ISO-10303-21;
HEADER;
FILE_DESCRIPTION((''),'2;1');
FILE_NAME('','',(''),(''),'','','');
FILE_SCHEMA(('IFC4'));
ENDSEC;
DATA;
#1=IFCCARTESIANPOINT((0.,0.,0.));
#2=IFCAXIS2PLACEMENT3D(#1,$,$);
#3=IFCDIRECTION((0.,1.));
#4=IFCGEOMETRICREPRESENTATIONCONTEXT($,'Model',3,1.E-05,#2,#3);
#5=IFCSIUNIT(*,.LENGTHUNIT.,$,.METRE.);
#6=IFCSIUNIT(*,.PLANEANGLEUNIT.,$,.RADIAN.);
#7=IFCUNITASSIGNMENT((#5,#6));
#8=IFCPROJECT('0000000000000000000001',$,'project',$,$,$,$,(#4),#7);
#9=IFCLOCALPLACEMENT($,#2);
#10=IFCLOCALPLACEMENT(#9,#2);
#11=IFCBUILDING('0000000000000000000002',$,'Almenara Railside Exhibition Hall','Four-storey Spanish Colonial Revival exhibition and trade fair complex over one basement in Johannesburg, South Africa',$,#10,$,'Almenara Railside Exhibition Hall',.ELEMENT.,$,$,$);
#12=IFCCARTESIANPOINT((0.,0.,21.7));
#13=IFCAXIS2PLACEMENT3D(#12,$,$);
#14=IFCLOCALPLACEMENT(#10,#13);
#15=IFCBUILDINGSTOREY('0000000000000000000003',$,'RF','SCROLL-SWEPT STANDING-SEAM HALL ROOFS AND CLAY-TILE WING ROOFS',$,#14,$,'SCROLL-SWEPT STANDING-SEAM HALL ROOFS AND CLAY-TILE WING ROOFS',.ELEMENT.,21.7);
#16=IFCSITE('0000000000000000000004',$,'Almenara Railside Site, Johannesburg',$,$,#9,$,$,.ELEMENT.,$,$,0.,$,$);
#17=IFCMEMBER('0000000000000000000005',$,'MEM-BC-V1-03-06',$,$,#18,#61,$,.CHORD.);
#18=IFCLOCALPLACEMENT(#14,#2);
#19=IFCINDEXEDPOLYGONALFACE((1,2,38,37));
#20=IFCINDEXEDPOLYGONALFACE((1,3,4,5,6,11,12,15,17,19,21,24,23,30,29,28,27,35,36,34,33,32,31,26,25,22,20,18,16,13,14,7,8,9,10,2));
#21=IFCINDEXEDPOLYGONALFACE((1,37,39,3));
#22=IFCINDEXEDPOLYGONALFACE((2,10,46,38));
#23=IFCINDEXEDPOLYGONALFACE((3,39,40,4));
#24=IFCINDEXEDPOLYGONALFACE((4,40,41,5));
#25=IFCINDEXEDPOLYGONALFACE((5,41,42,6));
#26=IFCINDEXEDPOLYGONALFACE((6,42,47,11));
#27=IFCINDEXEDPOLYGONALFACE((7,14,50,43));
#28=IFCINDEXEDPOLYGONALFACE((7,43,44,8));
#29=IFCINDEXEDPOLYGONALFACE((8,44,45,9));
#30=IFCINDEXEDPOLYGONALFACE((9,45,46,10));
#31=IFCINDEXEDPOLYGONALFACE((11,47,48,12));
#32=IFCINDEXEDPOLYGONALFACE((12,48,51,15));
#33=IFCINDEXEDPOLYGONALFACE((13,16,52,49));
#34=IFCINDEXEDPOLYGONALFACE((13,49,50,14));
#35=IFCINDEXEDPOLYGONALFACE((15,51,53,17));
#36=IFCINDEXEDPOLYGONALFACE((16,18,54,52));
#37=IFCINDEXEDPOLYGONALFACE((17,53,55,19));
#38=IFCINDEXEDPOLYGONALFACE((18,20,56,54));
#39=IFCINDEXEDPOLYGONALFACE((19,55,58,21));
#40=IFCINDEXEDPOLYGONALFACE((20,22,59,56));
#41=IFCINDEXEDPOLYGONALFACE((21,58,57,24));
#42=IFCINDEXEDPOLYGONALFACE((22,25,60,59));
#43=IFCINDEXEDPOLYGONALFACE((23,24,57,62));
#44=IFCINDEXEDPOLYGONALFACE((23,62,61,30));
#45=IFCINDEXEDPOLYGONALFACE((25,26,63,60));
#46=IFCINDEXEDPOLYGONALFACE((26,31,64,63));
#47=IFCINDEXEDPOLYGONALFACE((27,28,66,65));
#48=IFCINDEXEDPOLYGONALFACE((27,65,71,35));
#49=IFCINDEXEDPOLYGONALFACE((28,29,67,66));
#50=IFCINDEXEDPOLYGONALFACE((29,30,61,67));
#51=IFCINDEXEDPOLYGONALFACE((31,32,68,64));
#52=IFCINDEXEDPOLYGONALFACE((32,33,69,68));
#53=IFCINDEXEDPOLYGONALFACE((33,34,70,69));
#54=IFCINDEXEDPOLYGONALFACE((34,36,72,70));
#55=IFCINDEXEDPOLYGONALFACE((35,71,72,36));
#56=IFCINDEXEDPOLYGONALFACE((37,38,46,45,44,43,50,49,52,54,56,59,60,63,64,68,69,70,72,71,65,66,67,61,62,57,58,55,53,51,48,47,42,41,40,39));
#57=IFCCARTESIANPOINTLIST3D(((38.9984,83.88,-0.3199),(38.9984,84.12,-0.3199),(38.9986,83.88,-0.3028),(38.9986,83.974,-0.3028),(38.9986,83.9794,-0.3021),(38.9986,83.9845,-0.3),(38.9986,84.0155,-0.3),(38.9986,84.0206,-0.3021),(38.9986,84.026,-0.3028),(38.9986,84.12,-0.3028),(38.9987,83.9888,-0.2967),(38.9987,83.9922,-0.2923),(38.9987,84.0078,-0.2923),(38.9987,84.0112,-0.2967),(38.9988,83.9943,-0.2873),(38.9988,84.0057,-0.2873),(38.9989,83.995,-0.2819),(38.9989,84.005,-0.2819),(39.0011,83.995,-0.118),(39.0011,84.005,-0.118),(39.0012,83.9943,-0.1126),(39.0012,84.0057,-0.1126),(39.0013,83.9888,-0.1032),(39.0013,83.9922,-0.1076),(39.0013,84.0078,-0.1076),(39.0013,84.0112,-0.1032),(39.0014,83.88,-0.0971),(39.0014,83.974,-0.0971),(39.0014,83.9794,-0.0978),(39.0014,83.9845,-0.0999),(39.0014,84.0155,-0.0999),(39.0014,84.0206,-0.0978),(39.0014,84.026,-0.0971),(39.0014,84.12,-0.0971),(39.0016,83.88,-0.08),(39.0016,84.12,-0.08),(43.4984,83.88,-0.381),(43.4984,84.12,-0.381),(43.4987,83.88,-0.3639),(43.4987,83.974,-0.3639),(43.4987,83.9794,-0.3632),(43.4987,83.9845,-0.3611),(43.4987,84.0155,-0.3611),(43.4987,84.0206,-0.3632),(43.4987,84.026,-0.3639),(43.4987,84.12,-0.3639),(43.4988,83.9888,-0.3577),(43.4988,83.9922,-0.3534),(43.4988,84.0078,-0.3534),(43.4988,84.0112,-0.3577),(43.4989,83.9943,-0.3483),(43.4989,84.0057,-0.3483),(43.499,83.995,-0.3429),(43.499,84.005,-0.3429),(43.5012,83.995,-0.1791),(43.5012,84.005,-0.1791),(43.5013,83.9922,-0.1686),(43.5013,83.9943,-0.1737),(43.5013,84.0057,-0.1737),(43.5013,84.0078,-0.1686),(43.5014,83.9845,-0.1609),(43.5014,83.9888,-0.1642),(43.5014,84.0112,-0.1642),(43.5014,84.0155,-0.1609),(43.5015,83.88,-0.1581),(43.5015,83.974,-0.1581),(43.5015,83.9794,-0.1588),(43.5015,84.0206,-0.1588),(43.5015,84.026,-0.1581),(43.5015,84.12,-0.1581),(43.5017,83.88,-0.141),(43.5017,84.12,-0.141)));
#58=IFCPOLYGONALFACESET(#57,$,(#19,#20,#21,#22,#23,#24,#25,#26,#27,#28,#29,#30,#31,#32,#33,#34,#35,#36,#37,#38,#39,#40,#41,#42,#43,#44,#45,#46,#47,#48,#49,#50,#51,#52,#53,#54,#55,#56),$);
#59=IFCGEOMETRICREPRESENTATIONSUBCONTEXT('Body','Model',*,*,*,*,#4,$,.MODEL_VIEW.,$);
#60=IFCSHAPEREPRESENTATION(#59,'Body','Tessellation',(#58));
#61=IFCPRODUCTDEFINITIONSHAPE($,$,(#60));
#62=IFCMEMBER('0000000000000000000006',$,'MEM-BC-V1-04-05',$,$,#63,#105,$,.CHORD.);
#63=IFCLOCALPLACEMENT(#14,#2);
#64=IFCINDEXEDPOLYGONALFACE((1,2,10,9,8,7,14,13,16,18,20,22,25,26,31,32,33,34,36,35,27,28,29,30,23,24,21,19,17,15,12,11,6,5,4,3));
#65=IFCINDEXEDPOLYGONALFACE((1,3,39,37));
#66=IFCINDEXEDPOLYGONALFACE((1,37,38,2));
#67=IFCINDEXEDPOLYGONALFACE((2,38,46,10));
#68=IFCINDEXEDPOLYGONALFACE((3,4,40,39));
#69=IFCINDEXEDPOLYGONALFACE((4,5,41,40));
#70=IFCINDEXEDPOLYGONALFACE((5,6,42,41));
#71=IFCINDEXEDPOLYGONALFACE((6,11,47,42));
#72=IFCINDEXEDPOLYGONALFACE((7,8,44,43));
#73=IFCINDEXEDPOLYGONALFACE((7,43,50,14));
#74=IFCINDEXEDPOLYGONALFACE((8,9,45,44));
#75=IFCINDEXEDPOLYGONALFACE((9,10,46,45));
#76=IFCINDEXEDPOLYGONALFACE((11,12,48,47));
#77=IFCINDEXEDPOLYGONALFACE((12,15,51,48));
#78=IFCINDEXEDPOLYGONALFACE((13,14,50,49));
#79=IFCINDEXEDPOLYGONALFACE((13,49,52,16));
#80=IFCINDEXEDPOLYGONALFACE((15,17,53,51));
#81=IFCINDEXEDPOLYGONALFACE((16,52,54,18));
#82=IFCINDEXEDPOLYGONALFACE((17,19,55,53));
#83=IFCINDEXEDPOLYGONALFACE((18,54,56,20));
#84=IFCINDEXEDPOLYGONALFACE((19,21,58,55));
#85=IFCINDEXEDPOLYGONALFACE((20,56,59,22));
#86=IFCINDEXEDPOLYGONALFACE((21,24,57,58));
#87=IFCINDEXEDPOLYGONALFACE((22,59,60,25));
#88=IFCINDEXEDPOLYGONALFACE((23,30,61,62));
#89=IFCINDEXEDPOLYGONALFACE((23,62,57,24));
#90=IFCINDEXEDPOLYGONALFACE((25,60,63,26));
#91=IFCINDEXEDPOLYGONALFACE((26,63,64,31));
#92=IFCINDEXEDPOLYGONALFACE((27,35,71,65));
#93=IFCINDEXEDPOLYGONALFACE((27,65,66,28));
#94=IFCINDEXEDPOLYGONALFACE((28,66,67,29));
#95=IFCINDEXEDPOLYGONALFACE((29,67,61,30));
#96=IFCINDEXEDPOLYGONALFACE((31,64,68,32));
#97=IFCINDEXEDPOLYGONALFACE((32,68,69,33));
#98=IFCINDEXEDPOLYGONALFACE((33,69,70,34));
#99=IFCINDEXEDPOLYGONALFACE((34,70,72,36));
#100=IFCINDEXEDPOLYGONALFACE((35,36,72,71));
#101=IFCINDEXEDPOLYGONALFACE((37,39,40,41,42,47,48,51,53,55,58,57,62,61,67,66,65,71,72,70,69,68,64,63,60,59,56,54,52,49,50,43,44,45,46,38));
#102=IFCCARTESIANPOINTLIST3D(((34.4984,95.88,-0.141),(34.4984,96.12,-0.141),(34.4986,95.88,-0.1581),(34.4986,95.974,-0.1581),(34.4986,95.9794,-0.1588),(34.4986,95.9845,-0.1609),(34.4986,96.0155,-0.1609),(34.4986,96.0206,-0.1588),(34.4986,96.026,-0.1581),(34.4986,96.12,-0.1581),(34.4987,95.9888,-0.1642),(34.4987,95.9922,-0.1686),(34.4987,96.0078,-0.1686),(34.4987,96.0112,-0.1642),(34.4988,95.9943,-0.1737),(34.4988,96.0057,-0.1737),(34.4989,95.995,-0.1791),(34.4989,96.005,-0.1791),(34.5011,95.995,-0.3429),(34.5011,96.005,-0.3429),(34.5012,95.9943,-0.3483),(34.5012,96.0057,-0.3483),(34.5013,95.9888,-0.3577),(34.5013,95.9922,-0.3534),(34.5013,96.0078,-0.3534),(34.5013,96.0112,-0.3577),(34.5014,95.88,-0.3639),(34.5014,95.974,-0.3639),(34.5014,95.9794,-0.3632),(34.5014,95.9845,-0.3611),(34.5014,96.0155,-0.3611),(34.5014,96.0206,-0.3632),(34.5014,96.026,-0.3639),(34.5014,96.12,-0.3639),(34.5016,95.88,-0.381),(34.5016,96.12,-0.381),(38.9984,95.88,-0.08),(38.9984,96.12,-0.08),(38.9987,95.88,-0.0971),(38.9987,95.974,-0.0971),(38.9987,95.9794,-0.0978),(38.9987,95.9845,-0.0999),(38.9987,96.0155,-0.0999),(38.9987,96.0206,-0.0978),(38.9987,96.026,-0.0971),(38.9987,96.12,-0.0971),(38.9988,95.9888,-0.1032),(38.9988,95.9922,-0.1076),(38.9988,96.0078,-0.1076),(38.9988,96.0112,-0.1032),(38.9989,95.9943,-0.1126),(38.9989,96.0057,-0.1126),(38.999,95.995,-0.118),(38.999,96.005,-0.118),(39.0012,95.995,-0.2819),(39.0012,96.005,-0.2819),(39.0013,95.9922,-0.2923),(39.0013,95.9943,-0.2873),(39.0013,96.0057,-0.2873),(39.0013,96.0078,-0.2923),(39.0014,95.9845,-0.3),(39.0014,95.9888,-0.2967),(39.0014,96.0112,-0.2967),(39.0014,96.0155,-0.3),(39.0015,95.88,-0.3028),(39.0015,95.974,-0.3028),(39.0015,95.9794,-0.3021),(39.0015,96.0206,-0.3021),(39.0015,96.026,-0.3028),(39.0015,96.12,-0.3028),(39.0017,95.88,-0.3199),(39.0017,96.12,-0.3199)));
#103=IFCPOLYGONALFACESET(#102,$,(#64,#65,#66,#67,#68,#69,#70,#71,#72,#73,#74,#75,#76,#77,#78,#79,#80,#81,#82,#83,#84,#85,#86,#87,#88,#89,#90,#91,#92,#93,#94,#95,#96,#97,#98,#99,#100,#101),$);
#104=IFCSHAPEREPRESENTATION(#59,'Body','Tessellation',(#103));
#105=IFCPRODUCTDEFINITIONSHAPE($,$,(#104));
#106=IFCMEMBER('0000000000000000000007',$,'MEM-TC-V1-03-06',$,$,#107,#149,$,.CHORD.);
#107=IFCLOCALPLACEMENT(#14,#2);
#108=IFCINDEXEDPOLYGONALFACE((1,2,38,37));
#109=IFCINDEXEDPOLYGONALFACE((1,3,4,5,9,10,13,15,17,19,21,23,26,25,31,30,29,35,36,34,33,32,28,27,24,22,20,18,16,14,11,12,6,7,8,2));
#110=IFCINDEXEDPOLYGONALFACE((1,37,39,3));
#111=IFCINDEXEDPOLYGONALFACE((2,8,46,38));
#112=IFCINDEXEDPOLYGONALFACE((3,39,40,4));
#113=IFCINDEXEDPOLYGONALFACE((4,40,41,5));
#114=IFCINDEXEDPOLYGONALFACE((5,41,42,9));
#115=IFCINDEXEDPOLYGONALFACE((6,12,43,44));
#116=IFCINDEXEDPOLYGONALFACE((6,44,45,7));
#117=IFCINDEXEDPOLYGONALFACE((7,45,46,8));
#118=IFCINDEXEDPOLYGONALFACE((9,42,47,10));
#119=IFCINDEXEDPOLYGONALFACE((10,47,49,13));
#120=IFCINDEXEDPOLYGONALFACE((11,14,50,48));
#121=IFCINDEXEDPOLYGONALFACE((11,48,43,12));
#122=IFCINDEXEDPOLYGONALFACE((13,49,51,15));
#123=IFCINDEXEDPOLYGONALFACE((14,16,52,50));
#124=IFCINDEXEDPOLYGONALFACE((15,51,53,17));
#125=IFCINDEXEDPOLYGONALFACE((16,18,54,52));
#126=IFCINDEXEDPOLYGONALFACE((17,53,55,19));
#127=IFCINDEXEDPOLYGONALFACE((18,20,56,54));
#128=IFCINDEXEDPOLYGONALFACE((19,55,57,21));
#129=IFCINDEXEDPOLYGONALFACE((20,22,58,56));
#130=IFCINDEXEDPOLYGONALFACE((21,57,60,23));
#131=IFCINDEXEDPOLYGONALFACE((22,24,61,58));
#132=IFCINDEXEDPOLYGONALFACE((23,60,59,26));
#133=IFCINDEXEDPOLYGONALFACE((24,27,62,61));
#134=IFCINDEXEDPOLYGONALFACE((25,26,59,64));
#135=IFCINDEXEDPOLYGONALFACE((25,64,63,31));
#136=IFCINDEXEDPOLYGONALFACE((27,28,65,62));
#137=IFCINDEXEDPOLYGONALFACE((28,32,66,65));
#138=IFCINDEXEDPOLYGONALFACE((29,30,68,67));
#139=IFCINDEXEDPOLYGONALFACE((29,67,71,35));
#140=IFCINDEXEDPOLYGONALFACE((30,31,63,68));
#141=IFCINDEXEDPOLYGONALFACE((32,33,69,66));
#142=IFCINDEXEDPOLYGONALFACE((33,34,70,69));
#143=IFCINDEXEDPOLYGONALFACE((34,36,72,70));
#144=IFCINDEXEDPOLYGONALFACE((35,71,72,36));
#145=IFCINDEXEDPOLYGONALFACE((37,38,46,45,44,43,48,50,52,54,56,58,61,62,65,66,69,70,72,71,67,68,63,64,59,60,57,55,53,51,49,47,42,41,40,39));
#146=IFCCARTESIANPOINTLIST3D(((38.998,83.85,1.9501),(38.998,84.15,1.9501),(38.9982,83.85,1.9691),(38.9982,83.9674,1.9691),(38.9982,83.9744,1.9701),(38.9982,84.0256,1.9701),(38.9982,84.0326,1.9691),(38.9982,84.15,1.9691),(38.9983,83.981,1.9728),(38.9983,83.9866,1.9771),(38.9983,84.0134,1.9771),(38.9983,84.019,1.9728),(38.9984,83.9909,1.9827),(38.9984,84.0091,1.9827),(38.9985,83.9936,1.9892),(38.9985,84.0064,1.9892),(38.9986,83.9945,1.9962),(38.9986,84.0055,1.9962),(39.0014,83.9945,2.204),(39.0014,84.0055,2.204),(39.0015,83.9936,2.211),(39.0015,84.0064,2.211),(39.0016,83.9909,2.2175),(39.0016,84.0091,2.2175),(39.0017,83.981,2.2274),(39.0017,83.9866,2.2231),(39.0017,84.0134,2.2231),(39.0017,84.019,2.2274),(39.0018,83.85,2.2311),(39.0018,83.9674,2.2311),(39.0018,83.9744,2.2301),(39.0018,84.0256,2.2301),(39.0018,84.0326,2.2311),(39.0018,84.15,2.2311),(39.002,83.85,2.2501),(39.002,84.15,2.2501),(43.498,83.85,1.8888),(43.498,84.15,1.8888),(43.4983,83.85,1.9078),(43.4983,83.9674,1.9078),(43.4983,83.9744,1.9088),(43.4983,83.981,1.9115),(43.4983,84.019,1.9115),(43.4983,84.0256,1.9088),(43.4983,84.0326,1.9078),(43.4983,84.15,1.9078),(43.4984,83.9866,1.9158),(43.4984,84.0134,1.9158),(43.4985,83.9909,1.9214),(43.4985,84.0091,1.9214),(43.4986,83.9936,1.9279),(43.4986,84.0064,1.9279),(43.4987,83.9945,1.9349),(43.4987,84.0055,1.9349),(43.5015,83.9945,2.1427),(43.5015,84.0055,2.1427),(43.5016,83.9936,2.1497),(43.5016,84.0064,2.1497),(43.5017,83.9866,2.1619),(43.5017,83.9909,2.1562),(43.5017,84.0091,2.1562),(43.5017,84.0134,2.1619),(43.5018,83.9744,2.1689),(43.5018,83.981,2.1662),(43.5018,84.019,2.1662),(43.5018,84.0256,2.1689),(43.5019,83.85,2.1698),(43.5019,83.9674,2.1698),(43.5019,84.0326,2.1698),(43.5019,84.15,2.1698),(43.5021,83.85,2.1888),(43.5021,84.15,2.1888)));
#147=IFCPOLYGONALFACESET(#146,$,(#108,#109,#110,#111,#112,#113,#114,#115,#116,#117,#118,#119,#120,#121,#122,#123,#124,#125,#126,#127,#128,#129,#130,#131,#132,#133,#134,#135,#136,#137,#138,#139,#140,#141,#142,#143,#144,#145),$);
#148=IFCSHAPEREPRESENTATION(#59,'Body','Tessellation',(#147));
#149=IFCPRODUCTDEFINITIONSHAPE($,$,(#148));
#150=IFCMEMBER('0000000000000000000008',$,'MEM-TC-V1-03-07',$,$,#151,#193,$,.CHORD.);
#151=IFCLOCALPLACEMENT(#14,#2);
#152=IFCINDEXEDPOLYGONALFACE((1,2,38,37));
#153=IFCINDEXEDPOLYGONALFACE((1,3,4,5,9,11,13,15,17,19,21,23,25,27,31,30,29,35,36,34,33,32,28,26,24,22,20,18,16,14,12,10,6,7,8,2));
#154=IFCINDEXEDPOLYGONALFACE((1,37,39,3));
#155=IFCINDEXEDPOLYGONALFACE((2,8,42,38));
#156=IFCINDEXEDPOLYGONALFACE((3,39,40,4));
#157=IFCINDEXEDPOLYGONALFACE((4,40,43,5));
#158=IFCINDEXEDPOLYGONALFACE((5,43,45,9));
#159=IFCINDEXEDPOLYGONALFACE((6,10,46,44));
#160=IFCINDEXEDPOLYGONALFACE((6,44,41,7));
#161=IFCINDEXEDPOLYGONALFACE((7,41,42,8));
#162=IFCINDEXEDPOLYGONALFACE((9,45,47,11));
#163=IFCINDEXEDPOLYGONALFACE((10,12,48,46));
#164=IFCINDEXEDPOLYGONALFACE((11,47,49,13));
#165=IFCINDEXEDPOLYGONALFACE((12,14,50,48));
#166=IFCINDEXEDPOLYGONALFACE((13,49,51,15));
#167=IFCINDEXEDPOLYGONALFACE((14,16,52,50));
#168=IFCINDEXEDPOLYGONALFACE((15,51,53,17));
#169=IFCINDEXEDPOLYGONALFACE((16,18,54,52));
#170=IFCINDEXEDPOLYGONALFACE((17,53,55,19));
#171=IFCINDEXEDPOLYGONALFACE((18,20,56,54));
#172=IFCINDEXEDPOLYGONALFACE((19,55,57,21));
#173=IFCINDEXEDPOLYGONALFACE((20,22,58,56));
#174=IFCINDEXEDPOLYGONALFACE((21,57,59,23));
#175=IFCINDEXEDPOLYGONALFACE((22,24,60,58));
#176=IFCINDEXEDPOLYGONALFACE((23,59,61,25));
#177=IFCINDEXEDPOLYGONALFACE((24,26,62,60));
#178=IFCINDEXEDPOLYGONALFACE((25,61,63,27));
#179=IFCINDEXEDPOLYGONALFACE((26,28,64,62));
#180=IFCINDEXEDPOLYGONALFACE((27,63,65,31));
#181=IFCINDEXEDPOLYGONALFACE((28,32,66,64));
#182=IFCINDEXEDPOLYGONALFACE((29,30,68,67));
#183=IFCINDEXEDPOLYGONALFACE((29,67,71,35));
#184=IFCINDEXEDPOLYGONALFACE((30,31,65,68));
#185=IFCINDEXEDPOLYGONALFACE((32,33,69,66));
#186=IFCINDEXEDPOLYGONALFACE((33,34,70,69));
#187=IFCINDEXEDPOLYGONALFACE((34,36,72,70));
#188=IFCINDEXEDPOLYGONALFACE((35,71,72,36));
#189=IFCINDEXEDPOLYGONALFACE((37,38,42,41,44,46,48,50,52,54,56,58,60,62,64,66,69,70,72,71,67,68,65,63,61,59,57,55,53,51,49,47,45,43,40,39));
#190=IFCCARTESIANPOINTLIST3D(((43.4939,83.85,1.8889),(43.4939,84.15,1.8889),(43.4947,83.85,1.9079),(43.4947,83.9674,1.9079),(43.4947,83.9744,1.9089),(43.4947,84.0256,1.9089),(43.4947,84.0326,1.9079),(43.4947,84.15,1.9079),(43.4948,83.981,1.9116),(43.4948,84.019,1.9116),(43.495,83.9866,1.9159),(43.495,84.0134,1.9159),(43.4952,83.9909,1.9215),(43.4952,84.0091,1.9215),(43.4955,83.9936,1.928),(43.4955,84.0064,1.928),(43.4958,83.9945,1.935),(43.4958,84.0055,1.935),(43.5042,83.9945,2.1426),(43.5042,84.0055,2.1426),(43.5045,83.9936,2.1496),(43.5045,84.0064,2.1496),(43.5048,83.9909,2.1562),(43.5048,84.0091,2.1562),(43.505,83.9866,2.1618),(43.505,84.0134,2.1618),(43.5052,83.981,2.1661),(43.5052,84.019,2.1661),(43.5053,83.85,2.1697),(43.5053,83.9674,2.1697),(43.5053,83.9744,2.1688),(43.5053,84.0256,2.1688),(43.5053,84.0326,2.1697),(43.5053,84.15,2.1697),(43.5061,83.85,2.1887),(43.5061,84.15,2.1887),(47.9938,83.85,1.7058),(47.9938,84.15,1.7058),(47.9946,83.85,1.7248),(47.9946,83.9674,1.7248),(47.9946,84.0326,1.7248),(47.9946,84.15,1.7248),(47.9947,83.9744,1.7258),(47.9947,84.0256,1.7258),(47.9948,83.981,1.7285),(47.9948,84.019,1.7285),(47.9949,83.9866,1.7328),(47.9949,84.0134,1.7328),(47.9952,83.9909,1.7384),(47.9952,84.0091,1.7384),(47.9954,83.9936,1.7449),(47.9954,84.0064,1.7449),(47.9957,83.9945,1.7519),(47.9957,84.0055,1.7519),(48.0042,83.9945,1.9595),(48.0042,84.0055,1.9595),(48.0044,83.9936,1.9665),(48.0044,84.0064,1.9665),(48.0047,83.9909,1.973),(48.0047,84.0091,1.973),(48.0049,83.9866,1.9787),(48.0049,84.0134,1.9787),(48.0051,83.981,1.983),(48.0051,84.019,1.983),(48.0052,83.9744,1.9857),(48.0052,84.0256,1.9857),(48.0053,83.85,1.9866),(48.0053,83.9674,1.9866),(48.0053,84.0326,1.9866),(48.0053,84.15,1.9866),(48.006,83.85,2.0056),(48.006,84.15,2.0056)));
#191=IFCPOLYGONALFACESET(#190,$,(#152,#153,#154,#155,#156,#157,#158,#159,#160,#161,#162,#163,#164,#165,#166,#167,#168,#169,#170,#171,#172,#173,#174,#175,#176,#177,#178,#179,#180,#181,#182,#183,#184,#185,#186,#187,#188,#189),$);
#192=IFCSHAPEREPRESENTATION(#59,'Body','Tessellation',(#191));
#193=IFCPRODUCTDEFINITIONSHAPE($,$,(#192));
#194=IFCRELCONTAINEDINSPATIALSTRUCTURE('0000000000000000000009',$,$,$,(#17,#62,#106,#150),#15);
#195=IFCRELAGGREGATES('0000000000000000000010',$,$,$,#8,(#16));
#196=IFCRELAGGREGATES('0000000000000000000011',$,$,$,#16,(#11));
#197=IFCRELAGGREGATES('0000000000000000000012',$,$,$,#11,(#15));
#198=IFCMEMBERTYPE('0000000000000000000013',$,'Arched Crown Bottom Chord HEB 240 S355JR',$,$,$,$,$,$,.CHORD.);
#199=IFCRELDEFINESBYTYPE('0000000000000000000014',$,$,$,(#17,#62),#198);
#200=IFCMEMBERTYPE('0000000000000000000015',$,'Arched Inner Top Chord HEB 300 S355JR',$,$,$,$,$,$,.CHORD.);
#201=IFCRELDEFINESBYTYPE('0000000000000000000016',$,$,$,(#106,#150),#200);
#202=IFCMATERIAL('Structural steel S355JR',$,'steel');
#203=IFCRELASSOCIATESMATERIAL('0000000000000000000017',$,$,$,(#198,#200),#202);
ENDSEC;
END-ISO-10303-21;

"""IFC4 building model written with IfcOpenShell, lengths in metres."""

from ifc_helpers import new_model, si_unit, direction, frame, origin, origin_2d, place, context, subcontext, project, spatial, i_section, extrude, material, material_profile, profile_set, type_object, element, save


model = new_model("IFC4")

# Units and contexts
model_context = context("Model", 3, precision=1e-05, world=origin(), true_north=direction((0.0, 1.0)))
body_context = subcontext(model_context, "Body", "Model", "MODEL_VIEW")
ifc_project = project(units=[si_unit("LENGTHUNIT", "METRE"), si_unit("PLANEANGLEUNIT", "RADIAN")], contexts=[model_context])

# Site, building, storey
site_placement = place(None, origin())
site = spatial("IfcSite", under=ifc_project, at=site_placement, Name="Almenara Railside Site, Johannesburg", CompositionType="ELEMENT", RefElevation=0.0)
building_placement = place(site_placement, origin())
building = spatial("IfcBuilding", under=site, at=building_placement, Name="Almenara Railside Exhibition Hall", Description="Four-storey Spanish Colonial Revival exhibition and trade fair complex over one basement in Johannesburg, South Africa", LongName="Almenara Railside Exhibition Hall", CompositionType="ELEMENT")
storey_placement = place(building_placement, frame((0.0, 0.0, 21.7)))
storey = spatial("IfcBuildingStorey", under=building, at=storey_placement, Name="RF", Description="SCROLL-SWEPT STANDING-SEAM HALL ROOFS AND CLAY-TILE WING ROOFS", LongName="SCROLL-SWEPT STANDING-SEAM HALL ROOFS AND CLAY-TILE WING ROOFS", CompositionType="ELEMENT", Elevation=21.7)

# Members
ifc_material_1 = material(Name="Structural steel S355JR", Category="steel")
ifc_material_profile_1 = material_profile(ifc_material_1, i_section(OverallWidth=0.24, OverallDepth=0.24, WebThickness=0.01, FlangeThickness=0.0171, FilletRadius=0.021, at=origin_2d()), Name="HEB 240")
ifc_profile_set_1 = profile_set([ifc_material_profile_1], Name="Structural steel S355JR")
member_type_1 = type_object("IfcMemberType", Name="Arched Crown Bottom Chord HEB 240 S355JR", PredefinedType="CHORD", material=ifc_profile_set_1)
for number, where, z_axis, x_axis, name in (
    (1, (39.0, 84.0, -0.2), (0.999908, 0.0, -0.013562), (0.0, 1.0, 0.0), "MEM-BC-V1-03-06"),
    (2, (34.5, 96.0, -0.261), (0.999908, 0.0, 0.013562), (0.0, 1.0, 0.0), "MEM-BC-V1-04-05"),
):
    element("IfcMember", number, at=place(storey_placement, frame(where, z_axis=z_axis, x_axis=x_axis)), inside=storey, type_object=member_type_1, Name=name, PredefinedType="CHORD", context=body_context, shape_type="SweptSolid", body=[
        extrude(i_section(OverallWidth=0.24, OverallDepth=0.24, WebThickness=0.01, FlangeThickness=0.0171, FilletRadius=0.021, at=origin_2d()), origin(), (0.0, 0.0, 1.0), 4.5005),
    ])
ifc_material_profile_2 = material_profile(ifc_material_1, i_section(OverallWidth=0.3, OverallDepth=0.3, WebThickness=0.011, FlangeThickness=0.019, FilletRadius=0.0271, at=origin_2d()), Name="HEB 300")
ifc_profile_set_2 = profile_set([ifc_material_profile_2], Name="Structural steel S355JR")
member_type_2 = type_object("IfcMemberType", Name="Arched Inner Top Chord HEB 300 S355JR", PredefinedType="CHORD", material=ifc_profile_set_2)
member_1_placement = place(storey_placement, frame((39.0, 84.0, 2.1001), z_axis=(0.999907, 0.0, -0.013616), x_axis=(0.0, 1.0, 0.0)))
element("IfcMember", 3, at=member_1_placement, inside=storey, type_object=member_type_2, Name="MEM-TC-V1-03-06", PredefinedType="CHORD", context=body_context, shape_type="SweptSolid", body=[
    extrude(i_section(OverallWidth=0.3, OverallDepth=0.3, WebThickness=0.011, FlangeThickness=0.019, FilletRadius=0.0271, at=origin_2d()), origin(), (0.0, 0.0, 1.0), 4.5005),
])
member_2_placement = place(storey_placement, frame((43.5, 84.0, 2.0388), z_axis=(0.999173, 0.0, -0.040656), x_axis=(0.0, 1.0, 0.0)))
element("IfcMember", 4, at=member_2_placement, inside=storey, type_object=member_type_2, Name="MEM-TC-V1-03-07", PredefinedType="CHORD", context=body_context, shape_type="SweptSolid", body=[
    extrude(i_section(OverallWidth=0.3, OverallDepth=0.3, WebThickness=0.011, FlangeThickness=0.019, FilletRadius=0.0271, at=origin_2d()), origin(), (0.0, 0.0, 1.0), 4.5037),
])

save(model, "model.ifc")
